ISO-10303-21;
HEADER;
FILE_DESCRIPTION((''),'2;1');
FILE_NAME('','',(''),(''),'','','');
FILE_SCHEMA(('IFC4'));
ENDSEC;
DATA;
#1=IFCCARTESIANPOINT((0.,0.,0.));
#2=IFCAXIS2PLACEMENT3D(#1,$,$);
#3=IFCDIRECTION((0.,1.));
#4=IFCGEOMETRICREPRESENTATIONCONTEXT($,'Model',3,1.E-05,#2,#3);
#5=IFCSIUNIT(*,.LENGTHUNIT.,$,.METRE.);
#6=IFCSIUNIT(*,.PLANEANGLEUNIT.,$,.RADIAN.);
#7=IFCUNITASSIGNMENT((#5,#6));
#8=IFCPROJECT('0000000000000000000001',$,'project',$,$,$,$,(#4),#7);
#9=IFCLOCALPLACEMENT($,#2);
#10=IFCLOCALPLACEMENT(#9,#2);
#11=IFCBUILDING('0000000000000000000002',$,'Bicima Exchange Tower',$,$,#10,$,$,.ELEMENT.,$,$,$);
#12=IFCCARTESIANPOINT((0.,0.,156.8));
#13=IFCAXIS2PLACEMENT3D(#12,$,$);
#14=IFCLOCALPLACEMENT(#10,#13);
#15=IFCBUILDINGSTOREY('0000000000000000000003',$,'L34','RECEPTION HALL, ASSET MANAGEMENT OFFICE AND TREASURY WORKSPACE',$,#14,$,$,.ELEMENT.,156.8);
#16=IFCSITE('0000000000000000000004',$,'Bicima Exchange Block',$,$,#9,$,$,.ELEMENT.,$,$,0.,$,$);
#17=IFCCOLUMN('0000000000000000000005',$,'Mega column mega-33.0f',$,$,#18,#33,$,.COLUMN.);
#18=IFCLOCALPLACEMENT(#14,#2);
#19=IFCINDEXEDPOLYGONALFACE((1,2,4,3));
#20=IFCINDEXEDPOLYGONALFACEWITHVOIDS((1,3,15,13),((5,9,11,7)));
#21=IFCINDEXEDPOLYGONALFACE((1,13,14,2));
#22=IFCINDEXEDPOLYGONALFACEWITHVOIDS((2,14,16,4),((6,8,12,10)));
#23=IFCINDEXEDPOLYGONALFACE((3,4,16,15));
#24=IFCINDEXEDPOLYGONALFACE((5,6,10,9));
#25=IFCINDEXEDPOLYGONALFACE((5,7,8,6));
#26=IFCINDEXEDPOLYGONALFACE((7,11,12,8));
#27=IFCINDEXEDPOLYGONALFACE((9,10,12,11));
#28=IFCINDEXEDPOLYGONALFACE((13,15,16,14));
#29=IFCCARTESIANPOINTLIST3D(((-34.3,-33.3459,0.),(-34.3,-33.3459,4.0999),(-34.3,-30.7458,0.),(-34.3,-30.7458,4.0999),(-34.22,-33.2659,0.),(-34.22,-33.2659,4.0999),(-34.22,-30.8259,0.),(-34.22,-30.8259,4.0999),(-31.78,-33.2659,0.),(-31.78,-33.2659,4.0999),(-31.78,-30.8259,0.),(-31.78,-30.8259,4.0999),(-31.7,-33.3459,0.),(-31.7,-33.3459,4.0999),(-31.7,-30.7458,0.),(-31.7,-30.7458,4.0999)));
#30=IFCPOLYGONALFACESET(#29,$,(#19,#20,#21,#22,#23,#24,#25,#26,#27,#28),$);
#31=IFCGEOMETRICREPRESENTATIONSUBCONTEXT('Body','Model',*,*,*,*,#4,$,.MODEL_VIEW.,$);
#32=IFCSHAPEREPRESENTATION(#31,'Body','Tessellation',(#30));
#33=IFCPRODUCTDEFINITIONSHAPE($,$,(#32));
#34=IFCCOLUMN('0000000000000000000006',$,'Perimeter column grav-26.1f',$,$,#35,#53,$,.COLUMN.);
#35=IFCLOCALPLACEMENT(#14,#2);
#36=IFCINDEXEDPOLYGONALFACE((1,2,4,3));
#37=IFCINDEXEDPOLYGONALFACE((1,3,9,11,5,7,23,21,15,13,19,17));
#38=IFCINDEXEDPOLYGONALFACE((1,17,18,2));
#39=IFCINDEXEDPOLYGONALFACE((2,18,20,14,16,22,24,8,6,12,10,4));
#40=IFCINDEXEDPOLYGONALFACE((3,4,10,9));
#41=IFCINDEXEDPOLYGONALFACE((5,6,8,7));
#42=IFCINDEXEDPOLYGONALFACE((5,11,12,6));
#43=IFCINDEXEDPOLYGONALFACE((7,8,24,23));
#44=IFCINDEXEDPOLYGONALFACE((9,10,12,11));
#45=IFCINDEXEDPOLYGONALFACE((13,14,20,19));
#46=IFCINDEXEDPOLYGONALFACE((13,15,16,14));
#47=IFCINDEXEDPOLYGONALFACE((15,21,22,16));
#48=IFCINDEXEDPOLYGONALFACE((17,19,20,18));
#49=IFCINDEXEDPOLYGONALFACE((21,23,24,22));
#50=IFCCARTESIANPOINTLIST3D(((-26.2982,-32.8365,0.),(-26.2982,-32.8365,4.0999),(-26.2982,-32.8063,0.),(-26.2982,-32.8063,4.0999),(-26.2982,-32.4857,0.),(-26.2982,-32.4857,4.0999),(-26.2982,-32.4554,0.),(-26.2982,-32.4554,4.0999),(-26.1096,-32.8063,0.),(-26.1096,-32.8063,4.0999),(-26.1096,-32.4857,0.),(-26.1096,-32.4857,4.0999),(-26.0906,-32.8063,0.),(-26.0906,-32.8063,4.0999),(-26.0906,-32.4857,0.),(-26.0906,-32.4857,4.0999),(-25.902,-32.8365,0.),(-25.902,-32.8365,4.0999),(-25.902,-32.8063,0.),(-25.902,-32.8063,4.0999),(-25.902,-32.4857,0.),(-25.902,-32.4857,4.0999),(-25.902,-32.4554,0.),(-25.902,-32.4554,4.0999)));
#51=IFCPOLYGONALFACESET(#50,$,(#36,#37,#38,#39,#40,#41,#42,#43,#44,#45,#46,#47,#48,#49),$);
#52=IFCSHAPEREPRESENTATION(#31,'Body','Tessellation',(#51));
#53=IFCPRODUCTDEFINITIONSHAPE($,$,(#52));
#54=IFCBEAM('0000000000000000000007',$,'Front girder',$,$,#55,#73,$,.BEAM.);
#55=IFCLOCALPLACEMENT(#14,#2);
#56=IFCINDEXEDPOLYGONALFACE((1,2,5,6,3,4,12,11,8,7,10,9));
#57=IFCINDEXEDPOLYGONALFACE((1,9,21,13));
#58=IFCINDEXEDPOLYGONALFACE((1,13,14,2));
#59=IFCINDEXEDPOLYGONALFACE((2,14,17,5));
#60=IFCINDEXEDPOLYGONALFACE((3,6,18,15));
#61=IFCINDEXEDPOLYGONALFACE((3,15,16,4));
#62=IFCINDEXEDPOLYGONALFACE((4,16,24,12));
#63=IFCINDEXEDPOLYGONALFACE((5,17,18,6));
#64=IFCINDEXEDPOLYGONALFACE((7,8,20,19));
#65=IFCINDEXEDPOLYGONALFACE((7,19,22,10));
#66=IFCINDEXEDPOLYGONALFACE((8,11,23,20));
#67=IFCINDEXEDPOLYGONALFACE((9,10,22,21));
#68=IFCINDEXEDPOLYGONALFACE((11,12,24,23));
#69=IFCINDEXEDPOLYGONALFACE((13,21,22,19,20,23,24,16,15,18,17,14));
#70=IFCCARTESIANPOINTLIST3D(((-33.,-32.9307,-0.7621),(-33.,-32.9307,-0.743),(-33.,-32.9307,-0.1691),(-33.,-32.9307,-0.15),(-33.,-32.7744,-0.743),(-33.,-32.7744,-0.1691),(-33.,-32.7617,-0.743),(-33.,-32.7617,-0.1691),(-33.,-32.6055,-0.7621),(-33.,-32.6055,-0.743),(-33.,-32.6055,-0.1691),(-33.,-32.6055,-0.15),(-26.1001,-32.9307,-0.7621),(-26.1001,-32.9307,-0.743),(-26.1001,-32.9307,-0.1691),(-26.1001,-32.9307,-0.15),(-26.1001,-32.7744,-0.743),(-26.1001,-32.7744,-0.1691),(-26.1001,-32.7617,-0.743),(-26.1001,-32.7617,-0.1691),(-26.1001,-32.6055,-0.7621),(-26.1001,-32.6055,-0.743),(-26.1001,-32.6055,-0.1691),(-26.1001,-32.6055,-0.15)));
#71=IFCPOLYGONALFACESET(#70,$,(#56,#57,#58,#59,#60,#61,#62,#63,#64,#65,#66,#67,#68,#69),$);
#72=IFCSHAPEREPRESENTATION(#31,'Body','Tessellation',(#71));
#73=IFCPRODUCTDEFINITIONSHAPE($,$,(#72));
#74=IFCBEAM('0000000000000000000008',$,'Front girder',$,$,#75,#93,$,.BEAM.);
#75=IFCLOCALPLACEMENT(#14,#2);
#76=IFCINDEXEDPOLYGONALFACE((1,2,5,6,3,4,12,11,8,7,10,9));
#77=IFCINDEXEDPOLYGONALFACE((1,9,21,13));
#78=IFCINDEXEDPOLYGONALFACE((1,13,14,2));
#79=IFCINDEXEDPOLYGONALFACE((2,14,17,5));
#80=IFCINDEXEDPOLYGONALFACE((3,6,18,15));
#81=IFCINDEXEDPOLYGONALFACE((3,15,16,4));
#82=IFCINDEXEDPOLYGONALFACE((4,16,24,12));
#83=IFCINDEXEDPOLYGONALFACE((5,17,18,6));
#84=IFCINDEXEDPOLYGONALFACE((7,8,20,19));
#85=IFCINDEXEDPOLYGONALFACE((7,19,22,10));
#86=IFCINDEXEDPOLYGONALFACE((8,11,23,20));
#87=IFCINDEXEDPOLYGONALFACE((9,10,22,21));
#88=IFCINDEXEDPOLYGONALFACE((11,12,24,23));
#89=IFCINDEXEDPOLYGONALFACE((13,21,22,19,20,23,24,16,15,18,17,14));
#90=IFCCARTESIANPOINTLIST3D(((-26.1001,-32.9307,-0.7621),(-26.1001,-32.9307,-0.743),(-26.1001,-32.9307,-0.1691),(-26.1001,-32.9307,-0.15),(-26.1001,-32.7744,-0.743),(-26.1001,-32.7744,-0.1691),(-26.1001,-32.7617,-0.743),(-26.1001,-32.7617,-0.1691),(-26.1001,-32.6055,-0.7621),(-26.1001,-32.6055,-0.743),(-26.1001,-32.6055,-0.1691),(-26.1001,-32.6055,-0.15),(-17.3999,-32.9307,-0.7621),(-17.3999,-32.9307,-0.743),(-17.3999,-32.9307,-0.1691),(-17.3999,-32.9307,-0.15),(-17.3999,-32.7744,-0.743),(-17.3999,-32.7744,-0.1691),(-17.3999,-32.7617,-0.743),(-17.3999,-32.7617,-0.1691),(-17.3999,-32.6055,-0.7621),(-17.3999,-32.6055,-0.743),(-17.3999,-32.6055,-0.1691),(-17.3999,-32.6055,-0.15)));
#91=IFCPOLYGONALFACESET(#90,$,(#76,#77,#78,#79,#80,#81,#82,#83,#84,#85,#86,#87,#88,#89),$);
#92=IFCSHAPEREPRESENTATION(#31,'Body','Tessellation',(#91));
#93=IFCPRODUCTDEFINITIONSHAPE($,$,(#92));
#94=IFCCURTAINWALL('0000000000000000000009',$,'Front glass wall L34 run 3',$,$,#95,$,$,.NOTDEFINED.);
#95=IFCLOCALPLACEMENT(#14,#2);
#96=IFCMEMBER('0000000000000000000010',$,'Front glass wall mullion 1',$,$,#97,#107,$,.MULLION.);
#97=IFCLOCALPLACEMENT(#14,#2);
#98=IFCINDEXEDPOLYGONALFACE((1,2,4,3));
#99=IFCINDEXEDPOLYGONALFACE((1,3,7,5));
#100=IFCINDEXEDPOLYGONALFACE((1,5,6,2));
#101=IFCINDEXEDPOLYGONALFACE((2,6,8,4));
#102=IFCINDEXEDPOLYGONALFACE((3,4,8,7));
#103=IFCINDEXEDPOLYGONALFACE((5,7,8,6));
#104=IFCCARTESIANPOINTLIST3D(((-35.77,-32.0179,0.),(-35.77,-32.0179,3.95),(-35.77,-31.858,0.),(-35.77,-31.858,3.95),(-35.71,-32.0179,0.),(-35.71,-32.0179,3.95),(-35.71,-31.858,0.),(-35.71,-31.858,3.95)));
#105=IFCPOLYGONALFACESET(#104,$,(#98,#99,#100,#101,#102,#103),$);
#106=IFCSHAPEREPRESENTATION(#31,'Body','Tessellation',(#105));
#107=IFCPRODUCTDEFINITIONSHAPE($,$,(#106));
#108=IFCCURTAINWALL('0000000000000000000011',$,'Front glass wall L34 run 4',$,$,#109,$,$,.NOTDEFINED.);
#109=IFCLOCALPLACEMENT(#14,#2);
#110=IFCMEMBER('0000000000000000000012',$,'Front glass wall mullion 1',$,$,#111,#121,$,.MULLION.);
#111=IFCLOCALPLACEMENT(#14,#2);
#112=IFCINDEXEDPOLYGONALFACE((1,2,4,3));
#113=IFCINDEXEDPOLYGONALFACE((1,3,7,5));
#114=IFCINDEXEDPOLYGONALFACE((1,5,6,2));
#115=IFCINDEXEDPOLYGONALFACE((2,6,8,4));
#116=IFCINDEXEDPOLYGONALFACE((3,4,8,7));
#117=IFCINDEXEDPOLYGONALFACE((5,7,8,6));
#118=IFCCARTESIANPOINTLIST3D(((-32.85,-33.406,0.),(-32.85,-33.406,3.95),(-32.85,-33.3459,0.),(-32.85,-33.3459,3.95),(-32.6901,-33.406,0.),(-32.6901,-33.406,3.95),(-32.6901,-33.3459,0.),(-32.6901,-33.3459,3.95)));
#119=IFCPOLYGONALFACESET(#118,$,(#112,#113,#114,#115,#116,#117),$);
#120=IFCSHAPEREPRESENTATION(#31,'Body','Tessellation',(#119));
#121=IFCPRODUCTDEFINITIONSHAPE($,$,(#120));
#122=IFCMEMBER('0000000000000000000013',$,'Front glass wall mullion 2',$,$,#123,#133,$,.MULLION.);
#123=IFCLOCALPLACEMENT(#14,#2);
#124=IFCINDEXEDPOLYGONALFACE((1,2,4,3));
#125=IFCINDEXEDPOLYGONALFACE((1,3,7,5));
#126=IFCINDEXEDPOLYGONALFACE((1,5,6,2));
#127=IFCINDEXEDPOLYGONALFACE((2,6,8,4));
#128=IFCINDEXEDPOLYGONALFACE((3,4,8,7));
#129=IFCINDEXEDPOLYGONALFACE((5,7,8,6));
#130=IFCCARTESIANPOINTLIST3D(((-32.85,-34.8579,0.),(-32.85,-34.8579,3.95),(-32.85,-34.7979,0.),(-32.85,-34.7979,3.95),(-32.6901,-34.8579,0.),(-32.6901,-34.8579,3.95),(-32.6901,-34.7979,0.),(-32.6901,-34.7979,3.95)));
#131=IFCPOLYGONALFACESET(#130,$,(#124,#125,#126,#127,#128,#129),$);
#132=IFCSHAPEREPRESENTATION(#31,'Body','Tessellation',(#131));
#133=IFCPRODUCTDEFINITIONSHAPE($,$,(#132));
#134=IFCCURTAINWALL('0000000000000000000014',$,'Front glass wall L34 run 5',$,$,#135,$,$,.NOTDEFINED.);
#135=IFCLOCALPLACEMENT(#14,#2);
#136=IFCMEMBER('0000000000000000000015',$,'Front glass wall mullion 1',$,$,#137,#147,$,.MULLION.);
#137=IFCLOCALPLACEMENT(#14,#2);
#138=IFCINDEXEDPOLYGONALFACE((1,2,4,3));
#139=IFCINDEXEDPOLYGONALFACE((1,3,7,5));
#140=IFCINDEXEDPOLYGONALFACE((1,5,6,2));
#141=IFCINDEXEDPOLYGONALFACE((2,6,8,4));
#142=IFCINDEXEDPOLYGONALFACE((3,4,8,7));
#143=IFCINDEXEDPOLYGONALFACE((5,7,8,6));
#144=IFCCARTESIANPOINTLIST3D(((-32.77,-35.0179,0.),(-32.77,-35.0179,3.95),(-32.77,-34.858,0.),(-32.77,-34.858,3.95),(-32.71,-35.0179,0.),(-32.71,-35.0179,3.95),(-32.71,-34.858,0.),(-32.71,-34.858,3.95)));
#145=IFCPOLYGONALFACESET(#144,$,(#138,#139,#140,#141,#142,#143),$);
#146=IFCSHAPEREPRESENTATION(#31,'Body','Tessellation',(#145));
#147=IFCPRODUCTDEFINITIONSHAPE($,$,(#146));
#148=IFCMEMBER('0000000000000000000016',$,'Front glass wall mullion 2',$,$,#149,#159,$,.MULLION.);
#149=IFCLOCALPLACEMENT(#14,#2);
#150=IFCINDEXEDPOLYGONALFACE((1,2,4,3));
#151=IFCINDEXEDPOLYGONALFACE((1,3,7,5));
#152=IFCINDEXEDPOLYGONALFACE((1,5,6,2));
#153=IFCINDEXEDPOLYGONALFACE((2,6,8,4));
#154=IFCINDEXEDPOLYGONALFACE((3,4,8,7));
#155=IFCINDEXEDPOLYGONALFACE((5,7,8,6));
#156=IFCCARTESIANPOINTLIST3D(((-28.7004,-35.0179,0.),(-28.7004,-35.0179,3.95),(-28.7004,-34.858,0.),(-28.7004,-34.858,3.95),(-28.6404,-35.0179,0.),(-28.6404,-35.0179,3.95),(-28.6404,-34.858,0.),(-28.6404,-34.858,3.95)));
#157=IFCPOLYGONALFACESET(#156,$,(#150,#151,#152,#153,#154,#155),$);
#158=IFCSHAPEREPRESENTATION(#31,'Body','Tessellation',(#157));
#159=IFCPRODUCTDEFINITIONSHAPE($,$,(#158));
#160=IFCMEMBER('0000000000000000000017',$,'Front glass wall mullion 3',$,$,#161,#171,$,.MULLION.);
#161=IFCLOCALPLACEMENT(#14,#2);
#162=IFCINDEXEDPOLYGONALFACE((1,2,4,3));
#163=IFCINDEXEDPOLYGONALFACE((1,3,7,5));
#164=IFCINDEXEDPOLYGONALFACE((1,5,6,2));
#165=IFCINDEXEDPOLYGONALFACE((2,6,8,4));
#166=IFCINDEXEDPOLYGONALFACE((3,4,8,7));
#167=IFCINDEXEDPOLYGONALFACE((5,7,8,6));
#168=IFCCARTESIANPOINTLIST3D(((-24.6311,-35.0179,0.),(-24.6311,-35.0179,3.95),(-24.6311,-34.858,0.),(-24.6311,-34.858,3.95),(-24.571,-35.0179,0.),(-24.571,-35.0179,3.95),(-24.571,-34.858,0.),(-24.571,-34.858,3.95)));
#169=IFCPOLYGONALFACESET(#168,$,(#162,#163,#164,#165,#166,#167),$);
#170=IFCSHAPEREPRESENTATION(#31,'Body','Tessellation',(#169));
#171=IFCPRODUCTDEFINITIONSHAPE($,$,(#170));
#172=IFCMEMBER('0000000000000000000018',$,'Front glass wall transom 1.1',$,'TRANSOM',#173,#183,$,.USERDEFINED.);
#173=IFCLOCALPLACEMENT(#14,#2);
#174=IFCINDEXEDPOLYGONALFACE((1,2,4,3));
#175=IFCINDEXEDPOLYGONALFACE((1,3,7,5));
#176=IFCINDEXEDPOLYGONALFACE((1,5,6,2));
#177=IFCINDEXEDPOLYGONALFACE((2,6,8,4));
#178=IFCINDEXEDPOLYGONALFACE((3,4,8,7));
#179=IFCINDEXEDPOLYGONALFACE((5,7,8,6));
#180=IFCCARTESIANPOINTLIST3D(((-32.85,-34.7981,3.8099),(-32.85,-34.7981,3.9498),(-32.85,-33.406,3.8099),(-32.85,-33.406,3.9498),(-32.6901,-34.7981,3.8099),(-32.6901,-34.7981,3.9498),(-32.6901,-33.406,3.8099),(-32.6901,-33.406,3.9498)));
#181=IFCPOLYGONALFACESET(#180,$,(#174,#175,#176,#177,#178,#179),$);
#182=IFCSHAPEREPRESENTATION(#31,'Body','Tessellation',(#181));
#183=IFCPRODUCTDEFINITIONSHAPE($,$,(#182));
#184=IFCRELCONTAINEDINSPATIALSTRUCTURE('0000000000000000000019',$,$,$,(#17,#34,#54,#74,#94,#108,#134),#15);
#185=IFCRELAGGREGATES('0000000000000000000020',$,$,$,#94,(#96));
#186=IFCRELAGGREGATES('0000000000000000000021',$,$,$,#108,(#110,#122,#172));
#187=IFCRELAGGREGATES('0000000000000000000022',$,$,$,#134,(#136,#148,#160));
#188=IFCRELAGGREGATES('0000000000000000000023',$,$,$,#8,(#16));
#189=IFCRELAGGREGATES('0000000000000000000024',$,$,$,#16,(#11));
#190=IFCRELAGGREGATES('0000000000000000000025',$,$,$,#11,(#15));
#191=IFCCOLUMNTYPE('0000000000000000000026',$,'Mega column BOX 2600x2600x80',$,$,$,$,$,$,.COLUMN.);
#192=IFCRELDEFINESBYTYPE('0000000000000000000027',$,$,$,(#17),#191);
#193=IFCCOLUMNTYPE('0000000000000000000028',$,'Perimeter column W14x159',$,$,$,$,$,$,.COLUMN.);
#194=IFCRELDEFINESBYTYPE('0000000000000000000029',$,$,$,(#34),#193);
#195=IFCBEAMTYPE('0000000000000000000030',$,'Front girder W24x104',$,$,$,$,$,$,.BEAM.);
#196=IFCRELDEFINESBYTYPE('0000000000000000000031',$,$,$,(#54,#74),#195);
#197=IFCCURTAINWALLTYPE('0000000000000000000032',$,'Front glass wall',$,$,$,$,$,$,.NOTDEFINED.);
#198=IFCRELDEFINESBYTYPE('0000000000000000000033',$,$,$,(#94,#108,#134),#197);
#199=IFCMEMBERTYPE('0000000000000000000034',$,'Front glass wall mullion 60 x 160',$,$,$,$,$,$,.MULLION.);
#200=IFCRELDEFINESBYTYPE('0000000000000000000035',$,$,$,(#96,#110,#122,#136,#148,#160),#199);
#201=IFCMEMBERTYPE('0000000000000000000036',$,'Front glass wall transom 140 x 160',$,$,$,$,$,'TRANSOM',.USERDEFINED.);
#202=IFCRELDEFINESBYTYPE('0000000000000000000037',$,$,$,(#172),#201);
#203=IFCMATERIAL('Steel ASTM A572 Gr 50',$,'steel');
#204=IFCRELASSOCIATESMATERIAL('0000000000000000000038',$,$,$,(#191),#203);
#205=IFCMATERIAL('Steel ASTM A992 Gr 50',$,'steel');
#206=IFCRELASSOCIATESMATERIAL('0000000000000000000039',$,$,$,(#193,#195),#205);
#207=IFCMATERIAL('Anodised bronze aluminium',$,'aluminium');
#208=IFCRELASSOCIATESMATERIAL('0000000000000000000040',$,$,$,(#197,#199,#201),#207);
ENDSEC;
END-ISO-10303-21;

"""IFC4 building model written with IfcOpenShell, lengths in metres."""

from ifc_helpers import new_model, si_unit, direction, frame, origin, origin_2d, place, context, subcontext, project, spatial, rectangle, hollow_rectangle, i_section, extrude, material, material_profile, profile_set, type_object, element, aggregate, save


model = new_model("IFC4")

# Units and contexts
model_context = context("Model", 3, precision=1e-05, world=origin(), true_north=direction((0.0, 1.0)))
body_context = subcontext(model_context, "Body", "Model", "MODEL_VIEW")
ifc_project = project(units=[si_unit("LENGTHUNIT", "METRE"), si_unit("PLANEANGLEUNIT", "RADIAN")], contexts=[model_context])

# Site, building, storey
site_placement = place(None, origin())
site = spatial("IfcSite", under=ifc_project, at=site_placement, Name="Bicima Exchange Block", CompositionType="ELEMENT", RefElevation=0.0)
building_placement = place(site_placement, origin())
building = spatial("IfcBuilding", under=site, at=building_placement, Name="Bicima Exchange Tower", CompositionType="ELEMENT")
storey_placement = place(building_placement, frame((0.0, 0.0, 156.8)))
storey = spatial("IfcBuildingStorey", under=building, at=storey_placement, Name="L34", Description="RECEPTION HALL, ASSET MANAGEMENT OFFICE AND TREASURY WORKSPACE", CompositionType="ELEMENT", Elevation=156.8)

# Columns
ifc_material_1 = material(Name="Steel ASTM A572 Gr 50", Category="steel")
ifc_material_profile_1 = material_profile(ifc_material_1, hollow_rectangle(XDim=2.6001, YDim=2.6001, WallThickness=0.0801, at=origin_2d()))
ifc_profile_set_1 = profile_set([ifc_material_profile_1], Name="Steel ASTM A572 Gr 50")
column_type_1 = type_object("IfcColumnType", Name="Mega column BOX 2600x2600x80", PredefinedType="COLUMN", material=ifc_profile_set_1)
column_1_placement = place(storey_placement, frame((-33.0, -32.0459, 0.0), z_axis=(0.0, 0.0, 1.0), x_axis=(1.0, 0.0, 0.0)))
element("IfcColumn", 1, at=column_1_placement, inside=storey, type_object=column_type_1, Name="Mega column mega-33.0f", PredefinedType="COLUMN", context=body_context, shape_type="SweptSolid", body=[
    extrude(hollow_rectangle(XDim=2.6001, YDim=2.6001, WallThickness=0.0801, at=origin_2d()), origin(), (0.0, 0.0, 1.0), 4.0999),
])
ifc_material_2 = material(Name="Steel ASTM A992 Gr 50", Category="steel")
ifc_material_profile_2 = material_profile(ifc_material_2, i_section(OverallWidth=0.3962, OverallDepth=0.3811, WebThickness=0.019, FlangeThickness=0.0303, at=origin_2d()))
ifc_profile_set_2 = profile_set([ifc_material_profile_2], Name="Steel ASTM A992 Gr 50")
column_type_2 = type_object("IfcColumnType", Name="Perimeter column W14x159", PredefinedType="COLUMN", material=ifc_profile_set_2)
column_2_placement = place(storey_placement, frame((-26.1001, -32.646, 0.0), z_axis=(0.0, 0.0, 1.0), x_axis=(1.0, 0.0, 0.0)))
element("IfcColumn", 2, at=column_2_placement, inside=storey, type_object=column_type_2, Name="Perimeter column grav-26.1f", PredefinedType="COLUMN", context=body_context, shape_type="SweptSolid", body=[
    extrude(i_section(OverallWidth=0.3962, OverallDepth=0.3811, WebThickness=0.019, FlangeThickness=0.0303, at=origin_2d()), origin(), (0.0, 0.0, 1.0), 4.0999),
])

# Beams
ifc_material_profile_3 = material_profile(ifc_material_2, i_section(OverallWidth=0.3252, OverallDepth=0.6121, WebThickness=0.0127, FlangeThickness=0.019, at=origin_2d()))
ifc_profile_set_3 = profile_set([ifc_material_profile_3], Name="Steel ASTM A992 Gr 50")
beam_type = type_object("IfcBeamType", Name="Front girder W24x104", PredefinedType="BEAM", material=ifc_profile_set_3)
beam_1_placement = place(storey_placement, frame((-33.0, -32.7681, -0.4561), z_axis=(1.0, 0.0, 0.0), x_axis=(0.0, 1.0, 0.0)))
element("IfcBeam", 3, at=beam_1_placement, inside=storey, type_object=beam_type, Name="Front girder", PredefinedType="BEAM", context=body_context, shape_type="SweptSolid", body=[
    extrude(i_section(OverallWidth=0.3252, OverallDepth=0.6121, WebThickness=0.0127, FlangeThickness=0.019, at=origin_2d()), origin(), (0.0, 0.0, 1.0), 6.8999),
])
beam_2_placement = place(storey_placement, frame((-26.1001, -32.7681, -0.4561), z_axis=(1.0, 0.0, 0.0), x_axis=(0.0, 1.0, 0.0)))
element("IfcBeam", 4, at=beam_2_placement, inside=storey, type_object=beam_type, Name="Front girder", PredefinedType="BEAM", context=body_context, shape_type="SweptSolid", body=[
    extrude(i_section(OverallWidth=0.3252, OverallDepth=0.6121, WebThickness=0.0127, FlangeThickness=0.019, at=origin_2d()), origin(), (0.0, 0.0, 1.0), 8.7002),
])

# Curtain wall, member
ifc_material_3 = material(Name="Anodised bronze aluminium", Category="aluminium")
curtain_wall_type = type_object("IfcCurtainWallType", Name="Front glass wall", PredefinedType="NOTDEFINED", material=ifc_material_3)
curtain_wall_1_placement = place(storey_placement, origin())
curtain_wall_1 = element("IfcCurtainWall", 5, at=curtain_wall_1_placement, inside=storey, type_object=curtain_wall_type, Name="Front glass wall L34 run 3", PredefinedType="NOTDEFINED")
ifc_material_profile_4 = material_profile(ifc_material_3, rectangle(XDim=0.1599, YDim=0.0601, at=origin_2d()))
ifc_profile_set_4 = profile_set([ifc_material_profile_4], Name="Anodised bronze aluminium")
member_type_1 = type_object("IfcMemberType", Name="Front glass wall mullion 60 x 160", PredefinedType="MULLION", material=ifc_profile_set_4)
member_1_placement = place(storey_placement, frame((-35.74, -31.938, 0.0), z_axis=(0.0, 0.0, 1.0), x_axis=(0.0, 1.0, 0.0)))
member_1 = element("IfcMember", 6, at=member_1_placement, type_object=member_type_1, Name="Front glass wall mullion 1", PredefinedType="MULLION", context=body_context, shape_type="SweptSolid", body=[
    extrude(rectangle(XDim=0.1599, YDim=0.0601, at=origin_2d()), origin(), (0.0, 0.0, 1.0), 3.95),
])
aggregate(curtain_wall_1, [member_1])

# Curtain walls, members
curtain_wall_2_placement = place(storey_placement, origin())
curtain_wall_2 = element("IfcCurtainWall", 7, at=curtain_wall_2_placement, inside=storey, type_object=curtain_wall_type, Name="Front glass wall L34 run 4", PredefinedType="NOTDEFINED")
member_2_placement = place(storey_placement, frame((-32.77, -33.376, 0.0), z_axis=(0.0, 0.0, 1.0), x_axis=(1.0, 0.0, 0.0)))
member_2 = element("IfcMember", 8, at=member_2_placement, type_object=member_type_1, Name="Front glass wall mullion 1", PredefinedType="MULLION", context=body_context, shape_type="SweptSolid", body=[
    extrude(rectangle(XDim=0.1599, YDim=0.0601, at=origin_2d()), origin(), (0.0, 0.0, 1.0), 3.95),
])
member_3_placement = place(storey_placement, frame((-32.77, -34.8279, 0.0), z_axis=(0.0, 0.0, 1.0), x_axis=(1.0, 0.0, 0.0)))
member_3 = element("IfcMember", 9, at=member_3_placement, type_object=member_type_1, Name="Front glass wall mullion 2", PredefinedType="MULLION", context=body_context, shape_type="SweptSolid", body=[
    extrude(rectangle(XDim=0.1599, YDim=0.0601, at=origin_2d()), origin(), (0.0, 0.0, 1.0), 3.95),
])
curtain_wall_3_placement = place(storey_placement, origin())
curtain_wall_3 = element("IfcCurtainWall", 10, at=curtain_wall_3_placement, inside=storey, type_object=curtain_wall_type, Name="Front glass wall L34 run 5", PredefinedType="NOTDEFINED")
member_4_placement = place(storey_placement, frame((-32.74, -34.938, 0.0), z_axis=(0.0, 0.0, 1.0), x_axis=(0.0, 1.0, 0.0)))
member_4 = element("IfcMember", 11, at=member_4_placement, type_object=member_type_1, Name="Front glass wall mullion 1", PredefinedType="MULLION", context=body_context, shape_type="SweptSolid", body=[
    extrude(rectangle(XDim=0.1599, YDim=0.0601, at=origin_2d()), origin(), (0.0, 0.0, 1.0), 3.95),
])
member_5_placement = place(storey_placement, frame((-28.6704, -34.938, 0.0), z_axis=(0.0, 0.0, 1.0), x_axis=(0.0, 1.0, 0.0)))
member_5 = element("IfcMember", 12, at=member_5_placement, type_object=member_type_1, Name="Front glass wall mullion 2", PredefinedType="MULLION", context=body_context, shape_type="SweptSolid", body=[
    extrude(rectangle(XDim=0.1599, YDim=0.0601, at=origin_2d()), origin(), (0.0, 0.0, 1.0), 3.95),
])
member_6_placement = place(storey_placement, frame((-24.6011, -34.938, 0.0), z_axis=(0.0, 0.0, 1.0), x_axis=(0.0, 1.0, 0.0)))
member_6 = element("IfcMember", 13, at=member_6_placement, type_object=member_type_1, Name="Front glass wall mullion 3", PredefinedType="MULLION", context=body_context, shape_type="SweptSolid", body=[
    extrude(rectangle(XDim=0.1599, YDim=0.0601, at=origin_2d()), origin(), (0.0, 0.0, 1.0), 3.95),
])

# Member
ifc_material_profile_5 = material_profile(ifc_material_3, rectangle(XDim=0.1599, YDim=0.1399, at=origin_2d()))
ifc_profile_set_5 = profile_set([ifc_material_profile_5], Name="Anodised bronze aluminium")
member_type_2 = type_object("IfcMemberType", Name="Front glass wall transom 140 x 160", ElementType="TRANSOM", PredefinedType="USERDEFINED", material=ifc_profile_set_5)
member_7_placement = place(storey_placement, frame((-32.77, -33.406, 3.8799), z_axis=(0.0, -1.0, 0.0), x_axis=(1.0, 0.0, 0.0)))
member_7 = element("IfcMember", 14, at=member_7_placement, type_object=member_type_2, Name="Front glass wall transom 1.1", ObjectType="TRANSOM", PredefinedType="USERDEFINED", context=body_context, shape_type="SweptSolid", body=[
    extrude(rectangle(XDim=0.1599, YDim=0.1399, at=origin_2d()), origin(), (0.0, 0.0, 1.0), 1.3921),
])

aggregate(curtain_wall_2, [member_2, member_3, member_7])
aggregate(curtain_wall_3, [member_4, member_5, member_6])

save(model, "model.ifc")
